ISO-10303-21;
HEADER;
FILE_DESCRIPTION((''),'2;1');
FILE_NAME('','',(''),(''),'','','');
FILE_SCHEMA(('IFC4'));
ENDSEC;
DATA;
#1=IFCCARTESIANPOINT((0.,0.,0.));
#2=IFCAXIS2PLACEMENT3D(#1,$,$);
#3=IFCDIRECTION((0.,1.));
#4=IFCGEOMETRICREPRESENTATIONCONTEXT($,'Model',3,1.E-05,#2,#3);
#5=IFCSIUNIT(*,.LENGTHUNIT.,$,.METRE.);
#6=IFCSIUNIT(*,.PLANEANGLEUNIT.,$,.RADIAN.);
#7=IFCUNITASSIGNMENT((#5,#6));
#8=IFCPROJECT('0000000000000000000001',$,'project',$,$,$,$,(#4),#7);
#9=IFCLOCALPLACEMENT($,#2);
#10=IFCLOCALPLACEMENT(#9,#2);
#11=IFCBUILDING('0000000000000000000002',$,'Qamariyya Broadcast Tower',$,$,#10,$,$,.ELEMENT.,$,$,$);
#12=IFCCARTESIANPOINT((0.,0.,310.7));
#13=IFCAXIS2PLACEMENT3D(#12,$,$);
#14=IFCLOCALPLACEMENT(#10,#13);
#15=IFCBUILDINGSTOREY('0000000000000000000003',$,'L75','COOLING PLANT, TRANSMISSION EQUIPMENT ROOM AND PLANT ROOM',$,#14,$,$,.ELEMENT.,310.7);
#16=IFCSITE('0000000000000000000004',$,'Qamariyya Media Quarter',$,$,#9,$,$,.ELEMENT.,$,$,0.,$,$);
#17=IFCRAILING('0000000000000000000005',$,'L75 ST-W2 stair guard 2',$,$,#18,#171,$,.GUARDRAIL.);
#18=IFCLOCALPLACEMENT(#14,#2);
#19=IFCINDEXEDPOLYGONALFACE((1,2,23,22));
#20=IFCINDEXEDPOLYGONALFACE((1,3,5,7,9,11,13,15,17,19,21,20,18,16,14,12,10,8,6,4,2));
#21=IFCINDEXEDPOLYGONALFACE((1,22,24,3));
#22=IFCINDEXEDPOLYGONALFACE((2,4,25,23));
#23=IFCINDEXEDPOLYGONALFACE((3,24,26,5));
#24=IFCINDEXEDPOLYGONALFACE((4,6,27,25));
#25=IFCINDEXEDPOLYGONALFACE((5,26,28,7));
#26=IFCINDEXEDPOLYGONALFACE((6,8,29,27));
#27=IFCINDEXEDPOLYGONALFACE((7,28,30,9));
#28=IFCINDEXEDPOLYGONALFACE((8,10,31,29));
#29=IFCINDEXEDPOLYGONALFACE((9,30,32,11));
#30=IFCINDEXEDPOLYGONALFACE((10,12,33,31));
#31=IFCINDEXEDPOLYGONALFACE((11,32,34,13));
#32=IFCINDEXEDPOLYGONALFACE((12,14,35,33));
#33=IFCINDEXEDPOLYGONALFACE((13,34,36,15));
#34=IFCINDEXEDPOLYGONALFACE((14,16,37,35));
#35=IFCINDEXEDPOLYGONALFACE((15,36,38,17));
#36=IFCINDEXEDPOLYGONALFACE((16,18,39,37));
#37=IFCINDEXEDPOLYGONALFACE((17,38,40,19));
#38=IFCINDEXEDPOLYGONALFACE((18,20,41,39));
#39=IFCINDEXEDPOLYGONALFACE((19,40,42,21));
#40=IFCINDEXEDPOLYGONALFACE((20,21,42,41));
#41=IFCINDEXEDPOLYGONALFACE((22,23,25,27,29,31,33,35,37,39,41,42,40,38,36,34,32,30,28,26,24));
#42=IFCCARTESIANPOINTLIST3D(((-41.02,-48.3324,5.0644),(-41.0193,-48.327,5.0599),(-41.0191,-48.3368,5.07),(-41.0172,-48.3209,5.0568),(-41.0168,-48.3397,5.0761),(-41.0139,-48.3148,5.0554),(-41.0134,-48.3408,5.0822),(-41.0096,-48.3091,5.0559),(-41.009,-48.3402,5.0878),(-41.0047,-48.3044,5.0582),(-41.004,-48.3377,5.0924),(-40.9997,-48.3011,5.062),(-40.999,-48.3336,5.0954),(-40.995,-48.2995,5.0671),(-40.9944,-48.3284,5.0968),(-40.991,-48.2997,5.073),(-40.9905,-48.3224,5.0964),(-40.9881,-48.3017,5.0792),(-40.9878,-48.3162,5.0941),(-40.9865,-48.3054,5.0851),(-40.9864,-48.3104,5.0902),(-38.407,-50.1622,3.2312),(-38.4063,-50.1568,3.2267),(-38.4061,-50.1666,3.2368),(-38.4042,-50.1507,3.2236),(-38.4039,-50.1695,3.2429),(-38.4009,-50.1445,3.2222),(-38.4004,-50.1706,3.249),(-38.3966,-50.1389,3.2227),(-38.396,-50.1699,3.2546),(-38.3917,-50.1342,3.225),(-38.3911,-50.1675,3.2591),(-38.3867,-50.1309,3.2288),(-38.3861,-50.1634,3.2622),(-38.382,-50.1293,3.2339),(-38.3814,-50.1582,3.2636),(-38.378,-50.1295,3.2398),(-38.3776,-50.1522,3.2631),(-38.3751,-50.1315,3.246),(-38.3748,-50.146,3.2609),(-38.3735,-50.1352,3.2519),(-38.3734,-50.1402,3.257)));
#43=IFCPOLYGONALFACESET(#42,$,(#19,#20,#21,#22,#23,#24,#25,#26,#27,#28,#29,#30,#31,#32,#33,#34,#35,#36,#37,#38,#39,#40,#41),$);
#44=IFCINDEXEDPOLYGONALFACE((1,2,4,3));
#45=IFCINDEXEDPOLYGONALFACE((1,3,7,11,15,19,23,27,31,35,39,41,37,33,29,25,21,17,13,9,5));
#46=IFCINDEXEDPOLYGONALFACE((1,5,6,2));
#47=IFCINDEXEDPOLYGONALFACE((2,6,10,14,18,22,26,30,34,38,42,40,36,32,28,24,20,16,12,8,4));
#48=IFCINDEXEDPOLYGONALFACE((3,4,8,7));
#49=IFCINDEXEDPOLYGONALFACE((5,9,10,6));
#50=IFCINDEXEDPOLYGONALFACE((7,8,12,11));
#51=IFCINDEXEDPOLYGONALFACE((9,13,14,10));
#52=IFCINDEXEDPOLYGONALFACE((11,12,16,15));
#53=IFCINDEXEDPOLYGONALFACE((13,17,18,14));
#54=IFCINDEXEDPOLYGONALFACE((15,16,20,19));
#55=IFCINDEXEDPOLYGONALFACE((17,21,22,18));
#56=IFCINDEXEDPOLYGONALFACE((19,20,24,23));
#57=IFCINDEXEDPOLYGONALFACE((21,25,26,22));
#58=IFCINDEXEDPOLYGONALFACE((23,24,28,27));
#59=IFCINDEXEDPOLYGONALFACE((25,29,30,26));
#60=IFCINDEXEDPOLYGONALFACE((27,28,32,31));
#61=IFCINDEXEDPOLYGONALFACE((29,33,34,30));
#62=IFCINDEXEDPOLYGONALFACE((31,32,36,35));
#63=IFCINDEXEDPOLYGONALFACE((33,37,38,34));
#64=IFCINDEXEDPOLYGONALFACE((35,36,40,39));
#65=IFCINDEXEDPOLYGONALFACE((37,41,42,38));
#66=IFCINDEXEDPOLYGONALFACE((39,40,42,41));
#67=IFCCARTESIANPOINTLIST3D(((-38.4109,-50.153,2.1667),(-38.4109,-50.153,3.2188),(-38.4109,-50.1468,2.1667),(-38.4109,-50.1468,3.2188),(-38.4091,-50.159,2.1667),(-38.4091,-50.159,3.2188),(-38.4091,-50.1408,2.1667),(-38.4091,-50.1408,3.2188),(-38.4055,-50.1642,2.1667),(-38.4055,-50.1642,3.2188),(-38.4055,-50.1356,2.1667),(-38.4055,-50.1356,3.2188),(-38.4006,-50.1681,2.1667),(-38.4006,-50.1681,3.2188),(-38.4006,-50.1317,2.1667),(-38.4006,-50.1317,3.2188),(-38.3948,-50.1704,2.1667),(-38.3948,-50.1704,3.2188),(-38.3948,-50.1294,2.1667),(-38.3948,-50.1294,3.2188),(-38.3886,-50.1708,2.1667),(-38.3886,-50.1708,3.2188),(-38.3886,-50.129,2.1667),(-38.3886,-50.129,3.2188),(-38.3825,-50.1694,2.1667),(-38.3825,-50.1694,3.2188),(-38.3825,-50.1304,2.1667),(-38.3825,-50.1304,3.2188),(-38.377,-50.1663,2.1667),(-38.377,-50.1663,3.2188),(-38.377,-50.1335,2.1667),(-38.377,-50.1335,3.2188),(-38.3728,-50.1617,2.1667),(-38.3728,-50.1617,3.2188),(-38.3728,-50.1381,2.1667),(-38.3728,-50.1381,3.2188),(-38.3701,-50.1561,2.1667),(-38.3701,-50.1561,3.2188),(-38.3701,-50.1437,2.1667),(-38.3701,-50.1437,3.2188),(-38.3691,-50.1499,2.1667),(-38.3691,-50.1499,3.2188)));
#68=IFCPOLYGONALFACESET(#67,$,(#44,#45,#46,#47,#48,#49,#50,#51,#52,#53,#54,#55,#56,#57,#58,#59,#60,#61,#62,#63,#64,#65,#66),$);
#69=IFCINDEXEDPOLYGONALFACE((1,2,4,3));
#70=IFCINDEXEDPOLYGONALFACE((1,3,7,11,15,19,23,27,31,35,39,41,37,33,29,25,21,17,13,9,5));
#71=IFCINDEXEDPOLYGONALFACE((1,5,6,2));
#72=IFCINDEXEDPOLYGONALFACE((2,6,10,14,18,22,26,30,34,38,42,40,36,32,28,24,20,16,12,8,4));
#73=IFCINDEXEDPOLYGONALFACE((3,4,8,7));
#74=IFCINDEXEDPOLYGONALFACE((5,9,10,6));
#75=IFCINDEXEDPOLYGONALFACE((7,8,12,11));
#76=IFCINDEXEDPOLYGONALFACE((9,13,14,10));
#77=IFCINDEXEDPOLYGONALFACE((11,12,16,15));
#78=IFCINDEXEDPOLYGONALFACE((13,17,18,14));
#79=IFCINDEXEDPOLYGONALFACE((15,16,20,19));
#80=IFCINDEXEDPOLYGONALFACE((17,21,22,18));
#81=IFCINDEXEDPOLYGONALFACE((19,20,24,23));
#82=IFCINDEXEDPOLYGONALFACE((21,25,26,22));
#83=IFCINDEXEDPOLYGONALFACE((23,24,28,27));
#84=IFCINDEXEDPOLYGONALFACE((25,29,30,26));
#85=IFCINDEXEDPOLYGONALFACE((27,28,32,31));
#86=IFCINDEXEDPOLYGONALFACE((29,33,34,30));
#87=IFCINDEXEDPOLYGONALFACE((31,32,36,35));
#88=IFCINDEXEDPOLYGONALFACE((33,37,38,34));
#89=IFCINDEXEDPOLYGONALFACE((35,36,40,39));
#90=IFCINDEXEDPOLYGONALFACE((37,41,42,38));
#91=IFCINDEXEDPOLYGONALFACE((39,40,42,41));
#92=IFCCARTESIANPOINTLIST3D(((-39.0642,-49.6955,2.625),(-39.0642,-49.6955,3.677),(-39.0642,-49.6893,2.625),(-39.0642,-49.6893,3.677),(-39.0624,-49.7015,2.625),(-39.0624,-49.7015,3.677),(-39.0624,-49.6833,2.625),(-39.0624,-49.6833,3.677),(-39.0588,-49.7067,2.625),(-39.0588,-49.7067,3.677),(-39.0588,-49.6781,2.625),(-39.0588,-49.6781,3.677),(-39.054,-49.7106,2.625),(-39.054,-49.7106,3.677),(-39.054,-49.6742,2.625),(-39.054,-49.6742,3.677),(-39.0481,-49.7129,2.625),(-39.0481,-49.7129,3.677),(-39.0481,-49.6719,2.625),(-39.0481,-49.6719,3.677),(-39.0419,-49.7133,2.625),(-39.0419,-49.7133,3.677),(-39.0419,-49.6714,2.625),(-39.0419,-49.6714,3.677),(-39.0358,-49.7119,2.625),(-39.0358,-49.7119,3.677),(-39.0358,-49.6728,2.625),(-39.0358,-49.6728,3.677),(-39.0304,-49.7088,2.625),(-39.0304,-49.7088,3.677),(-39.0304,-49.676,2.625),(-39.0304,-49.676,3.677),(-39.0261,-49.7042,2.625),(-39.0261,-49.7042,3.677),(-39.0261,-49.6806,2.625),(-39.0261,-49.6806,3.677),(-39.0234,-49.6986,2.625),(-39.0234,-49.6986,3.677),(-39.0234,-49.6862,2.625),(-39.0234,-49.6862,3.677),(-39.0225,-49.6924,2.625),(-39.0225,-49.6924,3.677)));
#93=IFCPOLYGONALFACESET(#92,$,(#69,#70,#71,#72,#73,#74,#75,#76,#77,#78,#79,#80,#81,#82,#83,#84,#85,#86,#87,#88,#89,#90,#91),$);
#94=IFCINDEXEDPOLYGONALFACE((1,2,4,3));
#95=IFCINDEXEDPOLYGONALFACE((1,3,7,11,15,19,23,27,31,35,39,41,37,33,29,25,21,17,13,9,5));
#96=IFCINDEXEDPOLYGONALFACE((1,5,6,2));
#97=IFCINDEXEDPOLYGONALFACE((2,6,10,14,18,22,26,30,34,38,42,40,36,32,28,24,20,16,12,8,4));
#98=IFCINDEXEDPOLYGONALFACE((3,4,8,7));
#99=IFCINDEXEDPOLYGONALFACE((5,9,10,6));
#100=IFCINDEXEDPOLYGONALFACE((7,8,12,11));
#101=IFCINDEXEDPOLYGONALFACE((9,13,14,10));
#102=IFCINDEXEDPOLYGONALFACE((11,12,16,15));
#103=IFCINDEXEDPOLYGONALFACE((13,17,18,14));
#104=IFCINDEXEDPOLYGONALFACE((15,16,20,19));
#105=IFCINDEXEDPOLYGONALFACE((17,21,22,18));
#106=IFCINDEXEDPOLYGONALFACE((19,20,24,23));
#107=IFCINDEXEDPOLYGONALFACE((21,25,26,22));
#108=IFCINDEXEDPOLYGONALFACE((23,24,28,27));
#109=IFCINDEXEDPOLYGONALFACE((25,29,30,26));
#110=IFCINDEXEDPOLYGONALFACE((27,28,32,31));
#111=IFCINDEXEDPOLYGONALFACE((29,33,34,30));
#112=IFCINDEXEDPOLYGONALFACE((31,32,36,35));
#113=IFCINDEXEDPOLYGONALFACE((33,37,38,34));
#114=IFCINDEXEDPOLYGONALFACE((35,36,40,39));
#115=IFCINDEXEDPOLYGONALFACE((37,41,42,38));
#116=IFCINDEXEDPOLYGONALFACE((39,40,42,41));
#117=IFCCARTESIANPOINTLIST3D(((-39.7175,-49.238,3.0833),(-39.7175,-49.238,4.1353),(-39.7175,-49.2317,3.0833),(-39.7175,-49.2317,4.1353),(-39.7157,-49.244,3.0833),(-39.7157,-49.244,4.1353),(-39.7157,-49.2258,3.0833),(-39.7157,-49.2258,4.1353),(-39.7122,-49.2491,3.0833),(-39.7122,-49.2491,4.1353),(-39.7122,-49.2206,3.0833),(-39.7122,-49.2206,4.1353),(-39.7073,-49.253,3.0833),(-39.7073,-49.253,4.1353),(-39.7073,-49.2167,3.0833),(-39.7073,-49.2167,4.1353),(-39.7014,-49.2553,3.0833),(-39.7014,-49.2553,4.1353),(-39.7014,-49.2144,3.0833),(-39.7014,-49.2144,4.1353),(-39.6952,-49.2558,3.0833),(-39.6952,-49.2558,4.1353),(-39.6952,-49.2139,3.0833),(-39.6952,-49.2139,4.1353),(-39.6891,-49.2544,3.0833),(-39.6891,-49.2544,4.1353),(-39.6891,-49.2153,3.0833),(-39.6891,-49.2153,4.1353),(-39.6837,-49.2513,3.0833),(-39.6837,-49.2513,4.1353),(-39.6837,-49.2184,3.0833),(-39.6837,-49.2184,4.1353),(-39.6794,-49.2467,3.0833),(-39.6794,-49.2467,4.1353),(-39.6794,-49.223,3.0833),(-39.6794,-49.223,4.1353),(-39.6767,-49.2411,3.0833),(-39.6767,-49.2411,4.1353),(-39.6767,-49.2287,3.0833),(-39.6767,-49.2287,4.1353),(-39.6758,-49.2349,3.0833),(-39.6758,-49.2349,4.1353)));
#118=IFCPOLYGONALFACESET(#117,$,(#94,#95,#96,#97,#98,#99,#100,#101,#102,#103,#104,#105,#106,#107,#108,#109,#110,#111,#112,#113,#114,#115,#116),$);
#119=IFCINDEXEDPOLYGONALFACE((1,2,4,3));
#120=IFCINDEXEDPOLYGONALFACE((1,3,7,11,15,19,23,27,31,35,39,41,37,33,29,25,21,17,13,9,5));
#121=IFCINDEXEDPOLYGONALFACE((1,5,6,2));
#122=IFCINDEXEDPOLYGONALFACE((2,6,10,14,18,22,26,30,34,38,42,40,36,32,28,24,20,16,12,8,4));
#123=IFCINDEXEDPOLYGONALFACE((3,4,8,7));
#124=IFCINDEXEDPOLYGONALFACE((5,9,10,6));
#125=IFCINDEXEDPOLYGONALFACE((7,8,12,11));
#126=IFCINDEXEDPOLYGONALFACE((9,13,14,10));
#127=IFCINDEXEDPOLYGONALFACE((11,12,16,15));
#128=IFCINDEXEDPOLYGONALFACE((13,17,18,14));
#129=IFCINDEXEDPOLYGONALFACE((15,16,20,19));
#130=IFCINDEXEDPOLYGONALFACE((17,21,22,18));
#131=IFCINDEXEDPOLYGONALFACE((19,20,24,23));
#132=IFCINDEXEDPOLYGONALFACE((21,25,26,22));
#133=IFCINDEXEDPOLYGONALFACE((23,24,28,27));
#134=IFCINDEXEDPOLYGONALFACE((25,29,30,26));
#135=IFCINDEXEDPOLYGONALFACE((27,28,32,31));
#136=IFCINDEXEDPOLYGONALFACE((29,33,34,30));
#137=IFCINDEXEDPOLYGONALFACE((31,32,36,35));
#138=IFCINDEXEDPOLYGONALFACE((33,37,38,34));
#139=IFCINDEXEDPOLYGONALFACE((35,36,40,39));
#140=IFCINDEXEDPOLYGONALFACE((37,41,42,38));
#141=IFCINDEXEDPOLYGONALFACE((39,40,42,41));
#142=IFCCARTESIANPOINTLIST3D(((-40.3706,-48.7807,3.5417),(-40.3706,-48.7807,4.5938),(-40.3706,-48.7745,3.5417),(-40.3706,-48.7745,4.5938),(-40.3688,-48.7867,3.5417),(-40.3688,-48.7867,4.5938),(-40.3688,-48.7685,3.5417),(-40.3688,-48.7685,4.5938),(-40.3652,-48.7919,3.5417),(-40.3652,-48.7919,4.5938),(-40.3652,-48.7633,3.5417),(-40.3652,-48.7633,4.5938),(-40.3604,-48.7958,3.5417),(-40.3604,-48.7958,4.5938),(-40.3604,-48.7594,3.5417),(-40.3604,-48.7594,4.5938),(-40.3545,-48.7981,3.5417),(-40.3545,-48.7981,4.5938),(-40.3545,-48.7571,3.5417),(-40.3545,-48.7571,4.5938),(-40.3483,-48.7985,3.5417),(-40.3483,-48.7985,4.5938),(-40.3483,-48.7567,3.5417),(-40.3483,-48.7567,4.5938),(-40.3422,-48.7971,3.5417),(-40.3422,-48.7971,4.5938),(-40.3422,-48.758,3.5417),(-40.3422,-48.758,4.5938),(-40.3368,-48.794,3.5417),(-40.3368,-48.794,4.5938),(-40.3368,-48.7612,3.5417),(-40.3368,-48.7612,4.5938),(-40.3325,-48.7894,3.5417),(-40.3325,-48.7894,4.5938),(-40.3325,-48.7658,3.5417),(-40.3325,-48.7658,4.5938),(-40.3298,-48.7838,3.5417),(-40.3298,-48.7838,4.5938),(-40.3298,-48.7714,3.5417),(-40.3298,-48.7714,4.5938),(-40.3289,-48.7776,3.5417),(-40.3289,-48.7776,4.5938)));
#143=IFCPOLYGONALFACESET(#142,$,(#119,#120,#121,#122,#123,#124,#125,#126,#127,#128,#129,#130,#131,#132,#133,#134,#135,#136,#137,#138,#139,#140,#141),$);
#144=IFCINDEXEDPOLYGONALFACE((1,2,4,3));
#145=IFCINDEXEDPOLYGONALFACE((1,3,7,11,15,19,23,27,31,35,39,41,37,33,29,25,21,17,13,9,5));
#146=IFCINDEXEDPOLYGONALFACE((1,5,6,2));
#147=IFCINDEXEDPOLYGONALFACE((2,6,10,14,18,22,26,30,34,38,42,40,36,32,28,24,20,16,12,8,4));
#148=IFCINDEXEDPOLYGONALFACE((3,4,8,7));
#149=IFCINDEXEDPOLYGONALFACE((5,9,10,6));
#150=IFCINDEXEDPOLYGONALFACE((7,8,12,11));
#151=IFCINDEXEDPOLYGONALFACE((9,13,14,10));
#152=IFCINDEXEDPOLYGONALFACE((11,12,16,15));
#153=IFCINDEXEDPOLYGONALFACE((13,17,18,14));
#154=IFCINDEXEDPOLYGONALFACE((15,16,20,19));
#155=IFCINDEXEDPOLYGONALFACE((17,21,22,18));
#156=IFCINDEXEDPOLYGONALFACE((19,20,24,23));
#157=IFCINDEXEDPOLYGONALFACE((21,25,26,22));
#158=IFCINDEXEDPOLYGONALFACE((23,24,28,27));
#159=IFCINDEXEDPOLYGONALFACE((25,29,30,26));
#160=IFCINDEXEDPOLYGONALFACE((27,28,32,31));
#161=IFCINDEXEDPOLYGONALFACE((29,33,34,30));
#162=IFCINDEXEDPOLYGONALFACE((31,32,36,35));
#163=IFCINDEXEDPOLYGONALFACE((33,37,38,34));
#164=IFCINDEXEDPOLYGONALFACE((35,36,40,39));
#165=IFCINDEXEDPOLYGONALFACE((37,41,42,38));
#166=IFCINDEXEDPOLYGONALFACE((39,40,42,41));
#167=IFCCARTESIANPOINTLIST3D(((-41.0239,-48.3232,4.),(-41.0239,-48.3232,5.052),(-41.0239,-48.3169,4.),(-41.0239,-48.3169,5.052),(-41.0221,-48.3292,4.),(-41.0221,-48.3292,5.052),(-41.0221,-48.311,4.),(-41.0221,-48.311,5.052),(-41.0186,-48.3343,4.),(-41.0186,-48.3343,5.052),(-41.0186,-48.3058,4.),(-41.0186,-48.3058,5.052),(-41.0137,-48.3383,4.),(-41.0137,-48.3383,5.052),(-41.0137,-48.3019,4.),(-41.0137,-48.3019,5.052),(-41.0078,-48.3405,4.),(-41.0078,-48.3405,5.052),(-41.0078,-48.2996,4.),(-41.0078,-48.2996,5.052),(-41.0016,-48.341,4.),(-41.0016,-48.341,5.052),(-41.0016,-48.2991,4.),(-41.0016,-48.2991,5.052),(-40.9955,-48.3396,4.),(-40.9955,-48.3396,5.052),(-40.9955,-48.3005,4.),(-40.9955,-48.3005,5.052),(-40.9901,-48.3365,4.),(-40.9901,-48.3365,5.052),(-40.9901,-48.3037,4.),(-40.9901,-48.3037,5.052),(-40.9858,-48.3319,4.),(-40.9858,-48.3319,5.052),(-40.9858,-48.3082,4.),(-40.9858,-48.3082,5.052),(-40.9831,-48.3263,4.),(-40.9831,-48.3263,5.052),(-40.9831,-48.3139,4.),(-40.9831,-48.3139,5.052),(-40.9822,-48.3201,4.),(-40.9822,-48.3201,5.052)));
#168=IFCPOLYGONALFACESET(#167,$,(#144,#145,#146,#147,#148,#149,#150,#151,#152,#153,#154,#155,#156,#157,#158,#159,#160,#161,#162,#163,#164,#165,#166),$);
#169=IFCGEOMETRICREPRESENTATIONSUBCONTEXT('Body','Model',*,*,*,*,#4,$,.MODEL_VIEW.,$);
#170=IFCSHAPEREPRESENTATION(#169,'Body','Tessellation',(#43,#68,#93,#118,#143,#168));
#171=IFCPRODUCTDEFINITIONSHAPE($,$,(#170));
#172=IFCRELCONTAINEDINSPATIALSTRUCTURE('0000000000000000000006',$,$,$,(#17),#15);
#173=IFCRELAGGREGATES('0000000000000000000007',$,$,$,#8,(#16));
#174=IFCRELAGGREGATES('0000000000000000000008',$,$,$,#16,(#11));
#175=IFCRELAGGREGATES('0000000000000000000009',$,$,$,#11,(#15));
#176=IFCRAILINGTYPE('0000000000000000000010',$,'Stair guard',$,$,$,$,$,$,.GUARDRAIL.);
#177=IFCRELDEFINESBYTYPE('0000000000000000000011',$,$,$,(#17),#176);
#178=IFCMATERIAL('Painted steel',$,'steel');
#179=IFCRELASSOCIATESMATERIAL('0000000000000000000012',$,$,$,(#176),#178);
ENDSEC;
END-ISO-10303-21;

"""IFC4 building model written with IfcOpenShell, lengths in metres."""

from ifc_helpers import new_model, si_unit, direction, frame, origin, origin_2d, place, context, subcontext, project, spatial, circle, extrude, material, type_object, element, save


model = new_model("IFC4")

# Units and contexts
model_context = context("Model", 3, precision=1e-05, world=origin(), true_north=direction((0.0, 1.0)))
body_context = subcontext(model_context, "Body", "Model", "MODEL_VIEW")
ifc_project = project(units=[si_unit("LENGTHUNIT", "METRE"), si_unit("PLANEANGLEUNIT", "RADIAN")], contexts=[model_context])

# Site, building, storey
site_placement = place(None, origin())
site = spatial("IfcSite", under=ifc_project, at=site_placement, Name="Qamariyya Media Quarter", CompositionType="ELEMENT", RefElevation=0.0)
building_placement = place(site_placement, origin())
building = spatial("IfcBuilding", under=site, at=building_placement, Name="Qamariyya Broadcast Tower", CompositionType="ELEMENT")
storey_placement = place(building_placement, frame((0.0, 0.0, 310.7)))
storey = spatial("IfcBuildingStorey", under=building, at=storey_placement, Name="L75", Description="COOLING PLANT, TRANSMISSION EQUIPMENT ROOM AND PLANT ROOM", CompositionType="ELEMENT", Elevation=310.7)

# Railing
ifc_material_1 = material(Name="Painted steel", Category="steel")
railing_type_1 = type_object("IfcRailingType", Name="Stair guard", PredefinedType="GUARDRAIL", material=ifc_material_1)
railing_1_placement = place(storey_placement, frame((-38.3901, -50.1499, 2.1667)))
element("IfcRailing", 1, at=railing_1_placement, inside=storey, type_object=railing_type_1, Name="L75 ST-W2 stair guard 2", PredefinedType="GUARDRAIL", context=body_context, shape_type="SweptSolid", body=[
    extrude(circle(Radius=0.0239, at=origin_2d()), frame((0.0, 0.0, 1.0762), z_axis=(-0.710204, 0.497335, 0.498264), x_axis=(-0.573611, -0.819128, 0.0)), (0.0, 0.0, 1.0), 3.6792),
    extrude(circle(Radius=0.021, at=origin_2d()), origin(), (0.0, 0.0, 1.0), 1.052),
    extrude(circle(Radius=0.021, at=origin_2d()), frame((-0.6533, 0.4575, 0.4583)), (0.0, 0.0, 1.0), 1.052),
    extrude(circle(Radius=0.021, at=origin_2d()), frame((-1.3066, 0.915, 0.9165)), (0.0, 0.0, 1.0), 1.052),
    extrude(circle(Radius=0.021, at=origin_2d()), frame((-1.9597, 1.3723, 1.375)), (0.0, 0.0, 1.0), 1.052),
    extrude(circle(Radius=0.021, at=origin_2d()), frame((-2.613, 1.8298, 1.8333)), (0.0, 0.0, 1.0), 1.052),
])

save(model, "model.ifc")
